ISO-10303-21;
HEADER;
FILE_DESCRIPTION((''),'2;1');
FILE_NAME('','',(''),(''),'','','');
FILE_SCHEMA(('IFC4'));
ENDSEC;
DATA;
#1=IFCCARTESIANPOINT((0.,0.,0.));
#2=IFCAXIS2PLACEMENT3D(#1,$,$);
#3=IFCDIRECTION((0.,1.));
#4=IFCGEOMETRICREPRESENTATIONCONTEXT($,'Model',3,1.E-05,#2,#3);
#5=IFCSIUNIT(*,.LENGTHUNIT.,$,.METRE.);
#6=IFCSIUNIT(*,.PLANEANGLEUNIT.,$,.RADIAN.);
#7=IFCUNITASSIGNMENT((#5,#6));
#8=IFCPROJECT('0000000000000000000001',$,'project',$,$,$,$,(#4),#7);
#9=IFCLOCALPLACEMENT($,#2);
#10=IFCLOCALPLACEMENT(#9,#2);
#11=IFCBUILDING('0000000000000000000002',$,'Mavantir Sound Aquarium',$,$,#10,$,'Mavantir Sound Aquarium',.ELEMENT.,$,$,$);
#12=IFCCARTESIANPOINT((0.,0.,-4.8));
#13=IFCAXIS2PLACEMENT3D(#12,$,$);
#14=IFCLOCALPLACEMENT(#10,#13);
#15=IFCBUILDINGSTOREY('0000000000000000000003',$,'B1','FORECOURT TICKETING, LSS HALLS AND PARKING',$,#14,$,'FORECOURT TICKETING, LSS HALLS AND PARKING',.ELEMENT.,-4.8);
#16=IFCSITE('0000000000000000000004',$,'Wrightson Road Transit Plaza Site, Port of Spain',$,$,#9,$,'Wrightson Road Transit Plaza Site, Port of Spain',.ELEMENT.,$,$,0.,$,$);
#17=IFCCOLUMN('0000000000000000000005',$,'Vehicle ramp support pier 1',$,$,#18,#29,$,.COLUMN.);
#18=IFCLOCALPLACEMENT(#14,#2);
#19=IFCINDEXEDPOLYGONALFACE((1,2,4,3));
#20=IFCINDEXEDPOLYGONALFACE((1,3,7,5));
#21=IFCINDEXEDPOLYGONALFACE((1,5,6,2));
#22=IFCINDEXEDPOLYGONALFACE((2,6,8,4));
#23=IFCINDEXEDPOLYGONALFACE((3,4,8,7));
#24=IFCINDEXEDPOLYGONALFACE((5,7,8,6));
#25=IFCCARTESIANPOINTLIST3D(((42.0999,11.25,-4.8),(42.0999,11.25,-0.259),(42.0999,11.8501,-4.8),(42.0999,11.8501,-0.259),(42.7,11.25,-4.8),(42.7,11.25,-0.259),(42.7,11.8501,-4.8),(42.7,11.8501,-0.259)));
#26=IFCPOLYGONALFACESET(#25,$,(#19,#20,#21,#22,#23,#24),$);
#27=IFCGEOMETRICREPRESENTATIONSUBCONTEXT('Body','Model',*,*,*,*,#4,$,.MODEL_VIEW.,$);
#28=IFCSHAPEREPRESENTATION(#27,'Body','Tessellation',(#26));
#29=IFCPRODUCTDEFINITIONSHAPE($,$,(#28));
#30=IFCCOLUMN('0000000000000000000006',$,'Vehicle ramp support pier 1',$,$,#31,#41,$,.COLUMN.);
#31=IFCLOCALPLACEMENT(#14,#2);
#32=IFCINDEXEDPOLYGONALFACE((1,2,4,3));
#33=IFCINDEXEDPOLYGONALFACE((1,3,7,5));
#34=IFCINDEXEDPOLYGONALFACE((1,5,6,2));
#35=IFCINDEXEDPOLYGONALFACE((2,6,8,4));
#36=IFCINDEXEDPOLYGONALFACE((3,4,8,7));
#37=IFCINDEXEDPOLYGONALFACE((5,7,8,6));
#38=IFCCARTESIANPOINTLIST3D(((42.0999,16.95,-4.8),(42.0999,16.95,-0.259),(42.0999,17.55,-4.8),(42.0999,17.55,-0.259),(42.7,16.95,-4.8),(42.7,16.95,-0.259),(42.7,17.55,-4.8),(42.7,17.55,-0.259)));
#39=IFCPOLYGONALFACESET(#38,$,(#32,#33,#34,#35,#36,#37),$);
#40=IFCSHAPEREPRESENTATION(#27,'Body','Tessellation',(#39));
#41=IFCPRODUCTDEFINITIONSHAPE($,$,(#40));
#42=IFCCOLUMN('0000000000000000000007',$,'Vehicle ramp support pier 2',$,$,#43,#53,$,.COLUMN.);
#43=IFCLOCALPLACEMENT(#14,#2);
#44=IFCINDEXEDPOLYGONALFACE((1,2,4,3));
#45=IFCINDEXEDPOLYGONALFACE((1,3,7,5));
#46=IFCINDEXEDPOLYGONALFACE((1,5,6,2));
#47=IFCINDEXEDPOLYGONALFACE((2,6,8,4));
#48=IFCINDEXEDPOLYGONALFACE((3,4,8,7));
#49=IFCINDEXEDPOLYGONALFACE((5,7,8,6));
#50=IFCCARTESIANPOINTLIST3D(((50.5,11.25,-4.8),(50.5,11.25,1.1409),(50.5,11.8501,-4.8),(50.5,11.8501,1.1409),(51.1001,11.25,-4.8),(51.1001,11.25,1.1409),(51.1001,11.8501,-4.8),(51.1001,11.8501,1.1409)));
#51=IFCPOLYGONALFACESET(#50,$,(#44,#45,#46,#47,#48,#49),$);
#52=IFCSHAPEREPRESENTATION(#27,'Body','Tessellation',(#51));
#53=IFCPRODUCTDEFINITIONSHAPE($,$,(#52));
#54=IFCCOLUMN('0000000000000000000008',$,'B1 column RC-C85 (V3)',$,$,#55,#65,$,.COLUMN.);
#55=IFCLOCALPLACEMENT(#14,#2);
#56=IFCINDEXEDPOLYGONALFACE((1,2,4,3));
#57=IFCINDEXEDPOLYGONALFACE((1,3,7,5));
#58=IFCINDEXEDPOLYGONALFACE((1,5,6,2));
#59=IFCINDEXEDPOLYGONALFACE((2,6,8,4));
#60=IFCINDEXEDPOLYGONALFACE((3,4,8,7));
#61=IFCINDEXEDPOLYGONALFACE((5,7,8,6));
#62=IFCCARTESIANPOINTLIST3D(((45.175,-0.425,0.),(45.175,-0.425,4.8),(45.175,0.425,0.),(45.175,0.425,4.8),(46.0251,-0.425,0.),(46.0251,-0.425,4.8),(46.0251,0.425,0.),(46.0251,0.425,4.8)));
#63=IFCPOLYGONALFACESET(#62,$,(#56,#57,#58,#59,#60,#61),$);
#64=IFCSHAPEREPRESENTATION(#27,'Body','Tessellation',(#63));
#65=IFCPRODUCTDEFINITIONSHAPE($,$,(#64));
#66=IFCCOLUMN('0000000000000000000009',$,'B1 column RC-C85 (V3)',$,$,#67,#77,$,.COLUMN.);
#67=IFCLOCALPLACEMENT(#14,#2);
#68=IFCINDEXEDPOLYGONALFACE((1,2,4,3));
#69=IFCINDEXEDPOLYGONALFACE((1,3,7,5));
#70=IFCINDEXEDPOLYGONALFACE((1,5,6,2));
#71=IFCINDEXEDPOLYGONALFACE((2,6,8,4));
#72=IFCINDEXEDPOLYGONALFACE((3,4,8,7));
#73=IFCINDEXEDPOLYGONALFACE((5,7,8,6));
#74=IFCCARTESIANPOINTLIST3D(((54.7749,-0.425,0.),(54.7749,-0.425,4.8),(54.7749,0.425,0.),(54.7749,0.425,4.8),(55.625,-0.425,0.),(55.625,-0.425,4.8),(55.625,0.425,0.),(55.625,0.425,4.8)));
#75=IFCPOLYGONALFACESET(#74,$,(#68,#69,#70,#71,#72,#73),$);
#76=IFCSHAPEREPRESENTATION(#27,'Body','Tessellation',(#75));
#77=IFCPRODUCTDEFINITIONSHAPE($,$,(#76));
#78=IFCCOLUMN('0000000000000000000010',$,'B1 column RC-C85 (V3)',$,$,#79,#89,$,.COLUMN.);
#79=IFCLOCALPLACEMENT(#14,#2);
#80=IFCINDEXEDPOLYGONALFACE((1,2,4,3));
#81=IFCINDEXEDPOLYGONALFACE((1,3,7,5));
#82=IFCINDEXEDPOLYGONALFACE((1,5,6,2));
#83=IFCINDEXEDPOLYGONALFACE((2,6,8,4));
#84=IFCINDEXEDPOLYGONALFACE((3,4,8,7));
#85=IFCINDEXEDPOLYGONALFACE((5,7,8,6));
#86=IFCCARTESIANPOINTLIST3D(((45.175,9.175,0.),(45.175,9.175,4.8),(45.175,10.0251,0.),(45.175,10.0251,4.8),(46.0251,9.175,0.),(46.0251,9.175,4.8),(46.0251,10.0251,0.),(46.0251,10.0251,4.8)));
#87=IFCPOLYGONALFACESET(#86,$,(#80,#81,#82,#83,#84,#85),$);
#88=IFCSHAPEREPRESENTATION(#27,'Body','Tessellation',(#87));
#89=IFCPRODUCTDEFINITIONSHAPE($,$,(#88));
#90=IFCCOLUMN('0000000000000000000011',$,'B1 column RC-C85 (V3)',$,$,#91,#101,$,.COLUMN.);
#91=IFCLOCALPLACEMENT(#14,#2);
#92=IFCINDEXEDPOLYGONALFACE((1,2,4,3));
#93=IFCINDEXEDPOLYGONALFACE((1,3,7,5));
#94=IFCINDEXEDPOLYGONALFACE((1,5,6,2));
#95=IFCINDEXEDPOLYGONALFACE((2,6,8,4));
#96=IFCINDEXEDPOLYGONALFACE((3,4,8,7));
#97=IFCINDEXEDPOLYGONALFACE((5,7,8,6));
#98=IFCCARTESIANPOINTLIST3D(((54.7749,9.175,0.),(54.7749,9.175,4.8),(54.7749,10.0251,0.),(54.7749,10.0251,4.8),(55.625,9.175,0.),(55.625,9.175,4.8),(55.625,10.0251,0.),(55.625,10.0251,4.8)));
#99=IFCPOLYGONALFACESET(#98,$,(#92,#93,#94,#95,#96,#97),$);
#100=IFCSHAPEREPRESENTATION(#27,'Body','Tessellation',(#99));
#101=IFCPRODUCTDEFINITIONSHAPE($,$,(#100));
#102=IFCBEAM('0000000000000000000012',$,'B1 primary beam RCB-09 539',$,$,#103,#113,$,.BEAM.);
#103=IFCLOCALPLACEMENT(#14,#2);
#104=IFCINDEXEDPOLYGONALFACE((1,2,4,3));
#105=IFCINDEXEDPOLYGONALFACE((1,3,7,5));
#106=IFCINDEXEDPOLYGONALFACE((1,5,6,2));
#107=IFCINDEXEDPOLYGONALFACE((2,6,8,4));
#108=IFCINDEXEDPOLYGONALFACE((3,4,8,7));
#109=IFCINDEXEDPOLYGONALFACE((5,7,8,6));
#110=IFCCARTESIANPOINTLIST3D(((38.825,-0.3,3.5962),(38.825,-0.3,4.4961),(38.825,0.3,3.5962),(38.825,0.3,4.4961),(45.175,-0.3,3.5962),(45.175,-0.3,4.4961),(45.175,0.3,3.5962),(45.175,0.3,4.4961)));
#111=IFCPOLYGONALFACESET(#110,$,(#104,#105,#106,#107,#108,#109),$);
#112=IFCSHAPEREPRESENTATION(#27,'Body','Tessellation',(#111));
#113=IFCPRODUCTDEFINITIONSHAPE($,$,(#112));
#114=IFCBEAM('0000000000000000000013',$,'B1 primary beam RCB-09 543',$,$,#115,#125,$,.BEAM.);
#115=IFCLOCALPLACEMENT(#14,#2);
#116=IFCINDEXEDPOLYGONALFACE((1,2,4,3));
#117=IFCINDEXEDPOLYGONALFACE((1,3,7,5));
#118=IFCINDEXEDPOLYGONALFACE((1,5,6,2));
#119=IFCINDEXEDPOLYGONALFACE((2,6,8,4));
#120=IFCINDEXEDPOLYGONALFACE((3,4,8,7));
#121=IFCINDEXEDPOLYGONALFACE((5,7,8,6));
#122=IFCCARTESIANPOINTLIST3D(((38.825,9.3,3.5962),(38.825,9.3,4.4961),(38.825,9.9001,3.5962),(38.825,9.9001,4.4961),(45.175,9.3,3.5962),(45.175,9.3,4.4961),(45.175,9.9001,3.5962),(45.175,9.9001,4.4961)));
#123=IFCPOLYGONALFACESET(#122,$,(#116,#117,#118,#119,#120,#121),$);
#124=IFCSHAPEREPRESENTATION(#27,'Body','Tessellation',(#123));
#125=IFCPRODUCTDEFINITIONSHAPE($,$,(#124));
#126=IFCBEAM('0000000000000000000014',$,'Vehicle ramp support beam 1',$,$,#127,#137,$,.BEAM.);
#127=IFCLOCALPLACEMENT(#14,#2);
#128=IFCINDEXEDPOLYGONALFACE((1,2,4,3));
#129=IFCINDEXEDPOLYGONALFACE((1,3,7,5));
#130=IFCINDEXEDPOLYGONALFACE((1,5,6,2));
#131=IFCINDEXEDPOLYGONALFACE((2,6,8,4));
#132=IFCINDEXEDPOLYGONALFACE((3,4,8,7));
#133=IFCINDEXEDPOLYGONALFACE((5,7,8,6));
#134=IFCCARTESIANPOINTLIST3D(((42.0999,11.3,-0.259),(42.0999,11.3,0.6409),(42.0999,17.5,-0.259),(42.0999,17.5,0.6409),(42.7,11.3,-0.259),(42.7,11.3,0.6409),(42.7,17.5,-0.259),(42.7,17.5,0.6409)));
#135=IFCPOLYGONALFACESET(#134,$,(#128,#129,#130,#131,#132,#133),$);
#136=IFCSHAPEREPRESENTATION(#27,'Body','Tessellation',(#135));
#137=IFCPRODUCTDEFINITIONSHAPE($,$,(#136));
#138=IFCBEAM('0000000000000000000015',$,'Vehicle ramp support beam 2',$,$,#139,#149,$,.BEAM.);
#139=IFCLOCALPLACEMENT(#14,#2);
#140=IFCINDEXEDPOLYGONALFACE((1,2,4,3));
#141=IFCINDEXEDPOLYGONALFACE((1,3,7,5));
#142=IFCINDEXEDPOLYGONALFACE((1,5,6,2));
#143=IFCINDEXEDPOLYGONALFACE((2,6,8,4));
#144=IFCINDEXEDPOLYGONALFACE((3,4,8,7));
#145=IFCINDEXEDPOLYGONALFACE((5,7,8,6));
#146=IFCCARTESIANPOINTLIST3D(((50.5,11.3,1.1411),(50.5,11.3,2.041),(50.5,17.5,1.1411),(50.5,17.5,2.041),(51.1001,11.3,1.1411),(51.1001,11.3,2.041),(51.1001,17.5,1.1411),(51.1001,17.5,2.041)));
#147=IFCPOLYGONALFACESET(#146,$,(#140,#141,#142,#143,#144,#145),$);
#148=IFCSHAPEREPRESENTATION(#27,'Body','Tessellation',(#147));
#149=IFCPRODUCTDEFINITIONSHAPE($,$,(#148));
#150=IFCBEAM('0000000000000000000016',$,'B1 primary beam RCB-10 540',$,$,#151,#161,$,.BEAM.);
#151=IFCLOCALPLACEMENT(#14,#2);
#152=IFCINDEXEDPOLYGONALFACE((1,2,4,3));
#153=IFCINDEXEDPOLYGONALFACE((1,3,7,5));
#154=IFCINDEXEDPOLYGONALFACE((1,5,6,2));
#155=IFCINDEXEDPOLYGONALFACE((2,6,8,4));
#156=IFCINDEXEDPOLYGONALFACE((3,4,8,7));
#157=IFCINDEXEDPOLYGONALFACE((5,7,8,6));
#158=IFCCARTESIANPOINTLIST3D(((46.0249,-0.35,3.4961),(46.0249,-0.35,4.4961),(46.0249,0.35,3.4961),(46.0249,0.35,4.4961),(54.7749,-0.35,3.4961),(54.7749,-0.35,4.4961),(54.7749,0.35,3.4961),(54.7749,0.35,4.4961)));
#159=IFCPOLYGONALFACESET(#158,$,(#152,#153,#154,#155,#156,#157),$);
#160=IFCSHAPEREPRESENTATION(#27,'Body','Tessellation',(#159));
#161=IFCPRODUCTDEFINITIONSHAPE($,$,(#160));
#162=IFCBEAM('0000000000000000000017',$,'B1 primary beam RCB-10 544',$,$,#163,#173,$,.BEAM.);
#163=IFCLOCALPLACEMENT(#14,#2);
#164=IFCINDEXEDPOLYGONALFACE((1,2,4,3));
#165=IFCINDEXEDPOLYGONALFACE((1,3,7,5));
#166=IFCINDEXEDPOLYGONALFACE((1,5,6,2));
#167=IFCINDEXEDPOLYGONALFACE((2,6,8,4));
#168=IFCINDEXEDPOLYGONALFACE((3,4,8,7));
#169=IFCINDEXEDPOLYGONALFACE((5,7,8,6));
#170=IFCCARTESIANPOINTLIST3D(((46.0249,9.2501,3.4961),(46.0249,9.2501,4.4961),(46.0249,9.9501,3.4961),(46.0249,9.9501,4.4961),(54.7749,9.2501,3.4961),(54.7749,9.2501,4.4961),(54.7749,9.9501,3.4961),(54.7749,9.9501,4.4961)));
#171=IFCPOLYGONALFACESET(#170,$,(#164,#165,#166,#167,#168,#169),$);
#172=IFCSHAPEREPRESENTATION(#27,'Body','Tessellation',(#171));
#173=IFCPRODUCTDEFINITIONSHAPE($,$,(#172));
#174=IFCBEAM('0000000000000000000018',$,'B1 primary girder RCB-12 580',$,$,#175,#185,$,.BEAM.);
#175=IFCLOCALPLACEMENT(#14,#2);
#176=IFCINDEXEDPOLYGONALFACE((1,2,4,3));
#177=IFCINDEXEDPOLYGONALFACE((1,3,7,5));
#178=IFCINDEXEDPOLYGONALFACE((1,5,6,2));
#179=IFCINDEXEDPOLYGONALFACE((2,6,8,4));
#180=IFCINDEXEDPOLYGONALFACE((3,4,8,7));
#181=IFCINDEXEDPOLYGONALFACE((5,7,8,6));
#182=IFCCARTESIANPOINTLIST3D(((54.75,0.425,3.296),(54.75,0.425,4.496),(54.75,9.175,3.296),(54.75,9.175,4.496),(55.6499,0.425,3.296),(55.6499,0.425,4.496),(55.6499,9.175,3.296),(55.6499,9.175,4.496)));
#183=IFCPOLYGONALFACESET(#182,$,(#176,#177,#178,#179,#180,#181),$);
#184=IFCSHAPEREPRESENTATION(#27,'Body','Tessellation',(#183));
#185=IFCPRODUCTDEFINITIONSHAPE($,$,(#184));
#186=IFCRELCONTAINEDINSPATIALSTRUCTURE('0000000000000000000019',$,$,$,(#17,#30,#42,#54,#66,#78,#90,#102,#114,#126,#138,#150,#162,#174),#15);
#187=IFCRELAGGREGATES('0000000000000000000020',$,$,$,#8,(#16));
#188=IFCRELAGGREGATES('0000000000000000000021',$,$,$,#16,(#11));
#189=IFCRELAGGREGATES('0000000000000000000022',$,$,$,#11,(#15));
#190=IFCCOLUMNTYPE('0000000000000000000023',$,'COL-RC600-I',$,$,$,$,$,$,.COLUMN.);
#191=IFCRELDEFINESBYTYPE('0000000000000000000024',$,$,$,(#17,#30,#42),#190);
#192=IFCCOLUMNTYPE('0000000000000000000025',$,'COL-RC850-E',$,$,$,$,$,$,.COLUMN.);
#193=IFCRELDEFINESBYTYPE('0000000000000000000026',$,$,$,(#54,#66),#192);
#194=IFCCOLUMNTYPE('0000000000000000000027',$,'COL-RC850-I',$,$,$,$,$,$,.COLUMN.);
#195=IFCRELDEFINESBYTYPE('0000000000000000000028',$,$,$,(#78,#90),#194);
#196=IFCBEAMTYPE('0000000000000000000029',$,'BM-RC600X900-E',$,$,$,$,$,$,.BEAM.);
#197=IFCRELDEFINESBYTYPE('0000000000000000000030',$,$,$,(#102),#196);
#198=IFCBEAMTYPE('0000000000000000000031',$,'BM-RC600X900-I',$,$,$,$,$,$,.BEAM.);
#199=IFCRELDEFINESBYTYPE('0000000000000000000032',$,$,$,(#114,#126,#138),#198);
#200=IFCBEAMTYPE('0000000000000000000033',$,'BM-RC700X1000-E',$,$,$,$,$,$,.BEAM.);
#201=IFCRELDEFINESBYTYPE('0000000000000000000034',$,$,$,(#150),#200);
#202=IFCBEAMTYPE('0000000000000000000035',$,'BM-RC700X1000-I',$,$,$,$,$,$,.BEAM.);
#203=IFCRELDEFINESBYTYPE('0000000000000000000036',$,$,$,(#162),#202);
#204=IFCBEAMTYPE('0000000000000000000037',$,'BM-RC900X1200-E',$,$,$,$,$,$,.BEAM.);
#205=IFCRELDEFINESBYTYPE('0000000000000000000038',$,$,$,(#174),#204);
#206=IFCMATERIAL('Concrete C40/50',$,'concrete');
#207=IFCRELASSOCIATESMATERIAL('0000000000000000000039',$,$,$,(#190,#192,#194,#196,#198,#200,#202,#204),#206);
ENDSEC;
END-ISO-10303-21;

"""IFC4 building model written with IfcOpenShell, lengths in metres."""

from ifc_helpers import new_model, si_unit, direction, frame, origin, origin_2d, place, context, subcontext, project, spatial, rectangle, extrude, material, material_profile, profile_set, type_object, element, save


model = new_model("IFC4")

# Units and contexts
model_context = context("Model", 3, precision=1e-05, world=origin(), true_north=direction((0.0, 1.0)))
body_context = subcontext(model_context, "Body", "Model", "MODEL_VIEW")
ifc_project = project(units=[si_unit("LENGTHUNIT", "METRE"), si_unit("PLANEANGLEUNIT", "RADIAN")], contexts=[model_context])

# Site, building, storey
site_placement = place(None, origin())
site = spatial("IfcSite", under=ifc_project, at=site_placement, Name="Wrightson Road Transit Plaza Site, Port of Spain", LongName="Wrightson Road Transit Plaza Site, Port of Spain", CompositionType="ELEMENT", RefElevation=0.0)
building_placement = place(site_placement, origin())
building = spatial("IfcBuilding", under=site, at=building_placement, Name="Mavantir Sound Aquarium", LongName="Mavantir Sound Aquarium", CompositionType="ELEMENT")
storey_placement = place(building_placement, frame((0.0, 0.0, -4.8)))
storey = spatial("IfcBuildingStorey", under=building, at=storey_placement, Name="B1", Description="FORECOURT TICKETING, LSS HALLS AND PARKING", LongName="FORECOURT TICKETING, LSS HALLS AND PARKING", CompositionType="ELEMENT", Elevation=-4.8)

# Columns
ifc_material_1 = material(Name="Concrete C40/50", Category="concrete")
ifc_material_profile_1 = material_profile(ifc_material_1, rectangle(XDim=0.6001, YDim=0.6001, at=origin_2d()), Name="RC 600X600")
ifc_profile_set_1 = profile_set([ifc_material_profile_1], Name="Concrete C40/50")
column_type_1 = type_object("IfcColumnType", Name="COL-RC600-I", PredefinedType="COLUMN", material=ifc_profile_set_1)
for number, where, z_axis, x_axis, name in (
    (1, (42.3999, 11.55, -4.8), (0.0, 0.0, 1.0), (1.0, 0.0, 0.0), "Vehicle ramp support pier 1"),
    (2, (42.3999, 17.25, -4.8), (0.0, 0.0, 1.0), (1.0, 0.0, 0.0), "Vehicle ramp support pier 1"),
):
    element("IfcColumn", number, at=place(storey_placement, frame(where, z_axis=z_axis, x_axis=x_axis)), inside=storey, type_object=column_type_1, Name=name, PredefinedType="COLUMN", context=body_context, shape_type="SweptSolid", body=[
        extrude(rectangle(XDim=0.6001, YDim=0.6001, at=origin_2d()), origin(), (0.0, 0.0, 1.0), 4.541),
    ])
column_placement = place(storey_placement, frame((50.8, 11.55, -4.8), z_axis=(0.0, 0.0, 1.0), x_axis=(1.0, 0.0, 0.0)))
element("IfcColumn", 3, at=column_placement, inside=storey, type_object=column_type_1, Name="Vehicle ramp support pier 2", PredefinedType="COLUMN", context=body_context, shape_type="SweptSolid", body=[
    extrude(rectangle(XDim=0.6001, YDim=0.6001, at=origin_2d()), origin(), (0.0, 0.0, 1.0), 5.9409),
])
ifc_material_profile_2 = material_profile(ifc_material_1, rectangle(XDim=0.8501, YDim=0.8501, at=origin_2d()), Name="RC 850X850")
ifc_profile_set_2 = profile_set([ifc_material_profile_2], Name="Concrete C40/50")
column_type_2 = type_object("IfcColumnType", Name="COL-RC850-E", PredefinedType="COLUMN", material=ifc_profile_set_2)
for number, where, z_axis, x_axis, name in (
    (4, (45.6001, 0.0, 0.0), (0.0, 0.0, 1.0), (1.0, 0.0, 0.0), "B1 column RC-C85 (V3)"),
    (5, (55.2, 0.0, 0.0), (0.0, 0.0, 1.0), (1.0, 0.0, 0.0), "B1 column RC-C85 (V3)"),
):
    element("IfcColumn", number, at=place(storey_placement, frame(where, z_axis=z_axis, x_axis=x_axis)), inside=storey, type_object=column_type_2, Name=name, PredefinedType="COLUMN", context=body_context, shape_type="SweptSolid", body=[
        extrude(rectangle(XDim=0.8501, YDim=0.8501, at=origin_2d()), origin(), (0.0, 0.0, 1.0), 4.8),
    ])
ifc_material_profile_3 = material_profile(ifc_material_1, rectangle(XDim=0.8501, YDim=0.8501, at=origin_2d()), Name="RC 850X850")
ifc_profile_set_3 = profile_set([ifc_material_profile_3], Name="Concrete C40/50")
column_type_3 = type_object("IfcColumnType", Name="COL-RC850-I", PredefinedType="COLUMN", material=ifc_profile_set_3)
for number, where, z_axis, x_axis, name in (
    (6, (45.6001, 9.6001, 0.0), (0.0, 0.0, 1.0), (1.0, 0.0, 0.0), "B1 column RC-C85 (V3)"),
    (7, (55.2, 9.6001, 0.0), (0.0, 0.0, 1.0), (1.0, 0.0, 0.0), "B1 column RC-C85 (V3)"),
):
    element("IfcColumn", number, at=place(storey_placement, frame(where, z_axis=z_axis, x_axis=x_axis)), inside=storey, type_object=column_type_3, Name=name, PredefinedType="COLUMN", context=body_context, shape_type="SweptSolid", body=[
        extrude(rectangle(XDim=0.8501, YDim=0.8501, at=origin_2d()), origin(), (0.0, 0.0, 1.0), 4.8),
    ])

# Beams
ifc_material_profile_4 = material_profile(ifc_material_1, rectangle(XDim=0.6001, YDim=0.8999, at=origin_2d()), Name="RC 600X900")
ifc_profile_set_4 = profile_set([ifc_material_profile_4], Name="Concrete C40/50")
beam_type_1 = type_object("IfcBeamType", Name="BM-RC600X900-E", PredefinedType="BEAM", material=ifc_profile_set_4)
beam_1_placement = place(storey_placement, frame((38.825, 0.0, 4.0461), z_axis=(1.0, 0.0, 0.0), x_axis=(0.0, 1.0, 0.0)))
element("IfcBeam", 8, at=beam_1_placement, inside=storey, type_object=beam_type_1, Name="B1 primary beam RCB-09 539", PredefinedType="BEAM", context=body_context, shape_type="SweptSolid", body=[
    extrude(rectangle(XDim=0.6001, YDim=0.8999, at=origin_2d()), origin(), (0.0, 0.0, 1.0), 6.3501),
])
ifc_material_profile_5 = material_profile(ifc_material_1, rectangle(XDim=0.6001, YDim=0.8999, at=origin_2d()), Name="RC 600X900")
ifc_profile_set_5 = profile_set([ifc_material_profile_5], Name="Concrete C40/50")
beam_type_2 = type_object("IfcBeamType", Name="BM-RC600X900-I", PredefinedType="BEAM", material=ifc_profile_set_5)
beam_2_placement = place(storey_placement, frame((38.825, 9.6001, 4.0461), z_axis=(1.0, 0.0, 0.0), x_axis=(0.0, 1.0, 0.0)))
element("IfcBeam", 9, at=beam_2_placement, inside=storey, type_object=beam_type_2, Name="B1 primary beam RCB-09 543", PredefinedType="BEAM", context=body_context, shape_type="SweptSolid", body=[
    extrude(rectangle(XDim=0.6001, YDim=0.8999, at=origin_2d()), origin(), (0.0, 0.0, 1.0), 6.3501),
])
for number, where, z_axis, x_axis, name in (
    (10, (42.3999, 11.3, 0.1909), (0.0, 1.0, 0.0), (-1.0, 0.0, 0.0), "Vehicle ramp support beam 1"),
    (11, (50.8, 11.3, 1.5911), (0.0, 1.0, 0.0), (-1.0, 0.0, 0.0), "Vehicle ramp support beam 2"),
):
    element("IfcBeam", number, at=place(storey_placement, frame(where, z_axis=z_axis, x_axis=x_axis)), inside=storey, type_object=beam_type_2, Name=name, PredefinedType="BEAM", context=body_context, shape_type="SweptSolid", body=[
        extrude(rectangle(XDim=0.6001, YDim=0.8999, at=origin_2d()), origin(), (0.0, 0.0, 1.0), 6.2),
    ])
ifc_material_profile_6 = material_profile(ifc_material_1, rectangle(XDim=0.7, YDim=1.0, at=origin_2d()), Name="RC 700X1000")
ifc_profile_set_6 = profile_set([ifc_material_profile_6], Name="Concrete C40/50")
beam_type_3 = type_object("IfcBeamType", Name="BM-RC700X1000-E", PredefinedType="BEAM", material=ifc_profile_set_6)
beam_3_placement = place(storey_placement, frame((46.0249, 0.0, 3.9961), z_axis=(1.0, 0.0, 0.0), x_axis=(0.0, 1.0, 0.0)))
element("IfcBeam", 12, at=beam_3_placement, inside=storey, type_object=beam_type_3, Name="B1 primary beam RCB-10 540", PredefinedType="BEAM", context=body_context, shape_type="SweptSolid", body=[
    extrude(rectangle(XDim=0.7, YDim=1.0, at=origin_2d()), origin(), (0.0, 0.0, 1.0), 8.75),
])
ifc_material_profile_7 = material_profile(ifc_material_1, rectangle(XDim=0.7, YDim=1.0, at=origin_2d()), Name="RC 700X1000")
ifc_profile_set_7 = profile_set([ifc_material_profile_7], Name="Concrete C40/50")
beam_type_4 = type_object("IfcBeamType", Name="BM-RC700X1000-I", PredefinedType="BEAM", material=ifc_profile_set_7)
beam_4_placement = place(storey_placement, frame((46.0249, 9.6001, 3.9961), z_axis=(1.0, 0.0, 0.0), x_axis=(0.0, 1.0, 0.0)))
element("IfcBeam", 13, at=beam_4_placement, inside=storey, type_object=beam_type_4, Name="B1 primary beam RCB-10 544", PredefinedType="BEAM", context=body_context, shape_type="SweptSolid", body=[
    extrude(rectangle(XDim=0.7, YDim=1.0, at=origin_2d()), origin(), (0.0, 0.0, 1.0), 8.75),
])
ifc_material_profile_8 = material_profile(ifc_material_1, rectangle(XDim=0.8999, YDim=1.2, at=origin_2d()), Name="RC 900X1200")
ifc_profile_set_8 = profile_set([ifc_material_profile_8], Name="Concrete C40/50")
beam_type_5 = type_object("IfcBeamType", Name="BM-RC900X1200-E", PredefinedType="BEAM", material=ifc_profile_set_8)
beam_5_placement = place(storey_placement, frame((55.2, 0.425, 3.896), z_axis=(0.0, 1.0, 0.0), x_axis=(-1.0, 0.0, 0.0)))
element("IfcBeam", 14, at=beam_5_placement, inside=storey, type_object=beam_type_5, Name="B1 primary girder RCB-12 580", PredefinedType="BEAM", context=body_context, shape_type="SweptSolid", body=[
    extrude(rectangle(XDim=0.8999, YDim=1.2, at=origin_2d()), origin(), (0.0, 0.0, 1.0), 8.75),
])

save(model, "model.ifc")
